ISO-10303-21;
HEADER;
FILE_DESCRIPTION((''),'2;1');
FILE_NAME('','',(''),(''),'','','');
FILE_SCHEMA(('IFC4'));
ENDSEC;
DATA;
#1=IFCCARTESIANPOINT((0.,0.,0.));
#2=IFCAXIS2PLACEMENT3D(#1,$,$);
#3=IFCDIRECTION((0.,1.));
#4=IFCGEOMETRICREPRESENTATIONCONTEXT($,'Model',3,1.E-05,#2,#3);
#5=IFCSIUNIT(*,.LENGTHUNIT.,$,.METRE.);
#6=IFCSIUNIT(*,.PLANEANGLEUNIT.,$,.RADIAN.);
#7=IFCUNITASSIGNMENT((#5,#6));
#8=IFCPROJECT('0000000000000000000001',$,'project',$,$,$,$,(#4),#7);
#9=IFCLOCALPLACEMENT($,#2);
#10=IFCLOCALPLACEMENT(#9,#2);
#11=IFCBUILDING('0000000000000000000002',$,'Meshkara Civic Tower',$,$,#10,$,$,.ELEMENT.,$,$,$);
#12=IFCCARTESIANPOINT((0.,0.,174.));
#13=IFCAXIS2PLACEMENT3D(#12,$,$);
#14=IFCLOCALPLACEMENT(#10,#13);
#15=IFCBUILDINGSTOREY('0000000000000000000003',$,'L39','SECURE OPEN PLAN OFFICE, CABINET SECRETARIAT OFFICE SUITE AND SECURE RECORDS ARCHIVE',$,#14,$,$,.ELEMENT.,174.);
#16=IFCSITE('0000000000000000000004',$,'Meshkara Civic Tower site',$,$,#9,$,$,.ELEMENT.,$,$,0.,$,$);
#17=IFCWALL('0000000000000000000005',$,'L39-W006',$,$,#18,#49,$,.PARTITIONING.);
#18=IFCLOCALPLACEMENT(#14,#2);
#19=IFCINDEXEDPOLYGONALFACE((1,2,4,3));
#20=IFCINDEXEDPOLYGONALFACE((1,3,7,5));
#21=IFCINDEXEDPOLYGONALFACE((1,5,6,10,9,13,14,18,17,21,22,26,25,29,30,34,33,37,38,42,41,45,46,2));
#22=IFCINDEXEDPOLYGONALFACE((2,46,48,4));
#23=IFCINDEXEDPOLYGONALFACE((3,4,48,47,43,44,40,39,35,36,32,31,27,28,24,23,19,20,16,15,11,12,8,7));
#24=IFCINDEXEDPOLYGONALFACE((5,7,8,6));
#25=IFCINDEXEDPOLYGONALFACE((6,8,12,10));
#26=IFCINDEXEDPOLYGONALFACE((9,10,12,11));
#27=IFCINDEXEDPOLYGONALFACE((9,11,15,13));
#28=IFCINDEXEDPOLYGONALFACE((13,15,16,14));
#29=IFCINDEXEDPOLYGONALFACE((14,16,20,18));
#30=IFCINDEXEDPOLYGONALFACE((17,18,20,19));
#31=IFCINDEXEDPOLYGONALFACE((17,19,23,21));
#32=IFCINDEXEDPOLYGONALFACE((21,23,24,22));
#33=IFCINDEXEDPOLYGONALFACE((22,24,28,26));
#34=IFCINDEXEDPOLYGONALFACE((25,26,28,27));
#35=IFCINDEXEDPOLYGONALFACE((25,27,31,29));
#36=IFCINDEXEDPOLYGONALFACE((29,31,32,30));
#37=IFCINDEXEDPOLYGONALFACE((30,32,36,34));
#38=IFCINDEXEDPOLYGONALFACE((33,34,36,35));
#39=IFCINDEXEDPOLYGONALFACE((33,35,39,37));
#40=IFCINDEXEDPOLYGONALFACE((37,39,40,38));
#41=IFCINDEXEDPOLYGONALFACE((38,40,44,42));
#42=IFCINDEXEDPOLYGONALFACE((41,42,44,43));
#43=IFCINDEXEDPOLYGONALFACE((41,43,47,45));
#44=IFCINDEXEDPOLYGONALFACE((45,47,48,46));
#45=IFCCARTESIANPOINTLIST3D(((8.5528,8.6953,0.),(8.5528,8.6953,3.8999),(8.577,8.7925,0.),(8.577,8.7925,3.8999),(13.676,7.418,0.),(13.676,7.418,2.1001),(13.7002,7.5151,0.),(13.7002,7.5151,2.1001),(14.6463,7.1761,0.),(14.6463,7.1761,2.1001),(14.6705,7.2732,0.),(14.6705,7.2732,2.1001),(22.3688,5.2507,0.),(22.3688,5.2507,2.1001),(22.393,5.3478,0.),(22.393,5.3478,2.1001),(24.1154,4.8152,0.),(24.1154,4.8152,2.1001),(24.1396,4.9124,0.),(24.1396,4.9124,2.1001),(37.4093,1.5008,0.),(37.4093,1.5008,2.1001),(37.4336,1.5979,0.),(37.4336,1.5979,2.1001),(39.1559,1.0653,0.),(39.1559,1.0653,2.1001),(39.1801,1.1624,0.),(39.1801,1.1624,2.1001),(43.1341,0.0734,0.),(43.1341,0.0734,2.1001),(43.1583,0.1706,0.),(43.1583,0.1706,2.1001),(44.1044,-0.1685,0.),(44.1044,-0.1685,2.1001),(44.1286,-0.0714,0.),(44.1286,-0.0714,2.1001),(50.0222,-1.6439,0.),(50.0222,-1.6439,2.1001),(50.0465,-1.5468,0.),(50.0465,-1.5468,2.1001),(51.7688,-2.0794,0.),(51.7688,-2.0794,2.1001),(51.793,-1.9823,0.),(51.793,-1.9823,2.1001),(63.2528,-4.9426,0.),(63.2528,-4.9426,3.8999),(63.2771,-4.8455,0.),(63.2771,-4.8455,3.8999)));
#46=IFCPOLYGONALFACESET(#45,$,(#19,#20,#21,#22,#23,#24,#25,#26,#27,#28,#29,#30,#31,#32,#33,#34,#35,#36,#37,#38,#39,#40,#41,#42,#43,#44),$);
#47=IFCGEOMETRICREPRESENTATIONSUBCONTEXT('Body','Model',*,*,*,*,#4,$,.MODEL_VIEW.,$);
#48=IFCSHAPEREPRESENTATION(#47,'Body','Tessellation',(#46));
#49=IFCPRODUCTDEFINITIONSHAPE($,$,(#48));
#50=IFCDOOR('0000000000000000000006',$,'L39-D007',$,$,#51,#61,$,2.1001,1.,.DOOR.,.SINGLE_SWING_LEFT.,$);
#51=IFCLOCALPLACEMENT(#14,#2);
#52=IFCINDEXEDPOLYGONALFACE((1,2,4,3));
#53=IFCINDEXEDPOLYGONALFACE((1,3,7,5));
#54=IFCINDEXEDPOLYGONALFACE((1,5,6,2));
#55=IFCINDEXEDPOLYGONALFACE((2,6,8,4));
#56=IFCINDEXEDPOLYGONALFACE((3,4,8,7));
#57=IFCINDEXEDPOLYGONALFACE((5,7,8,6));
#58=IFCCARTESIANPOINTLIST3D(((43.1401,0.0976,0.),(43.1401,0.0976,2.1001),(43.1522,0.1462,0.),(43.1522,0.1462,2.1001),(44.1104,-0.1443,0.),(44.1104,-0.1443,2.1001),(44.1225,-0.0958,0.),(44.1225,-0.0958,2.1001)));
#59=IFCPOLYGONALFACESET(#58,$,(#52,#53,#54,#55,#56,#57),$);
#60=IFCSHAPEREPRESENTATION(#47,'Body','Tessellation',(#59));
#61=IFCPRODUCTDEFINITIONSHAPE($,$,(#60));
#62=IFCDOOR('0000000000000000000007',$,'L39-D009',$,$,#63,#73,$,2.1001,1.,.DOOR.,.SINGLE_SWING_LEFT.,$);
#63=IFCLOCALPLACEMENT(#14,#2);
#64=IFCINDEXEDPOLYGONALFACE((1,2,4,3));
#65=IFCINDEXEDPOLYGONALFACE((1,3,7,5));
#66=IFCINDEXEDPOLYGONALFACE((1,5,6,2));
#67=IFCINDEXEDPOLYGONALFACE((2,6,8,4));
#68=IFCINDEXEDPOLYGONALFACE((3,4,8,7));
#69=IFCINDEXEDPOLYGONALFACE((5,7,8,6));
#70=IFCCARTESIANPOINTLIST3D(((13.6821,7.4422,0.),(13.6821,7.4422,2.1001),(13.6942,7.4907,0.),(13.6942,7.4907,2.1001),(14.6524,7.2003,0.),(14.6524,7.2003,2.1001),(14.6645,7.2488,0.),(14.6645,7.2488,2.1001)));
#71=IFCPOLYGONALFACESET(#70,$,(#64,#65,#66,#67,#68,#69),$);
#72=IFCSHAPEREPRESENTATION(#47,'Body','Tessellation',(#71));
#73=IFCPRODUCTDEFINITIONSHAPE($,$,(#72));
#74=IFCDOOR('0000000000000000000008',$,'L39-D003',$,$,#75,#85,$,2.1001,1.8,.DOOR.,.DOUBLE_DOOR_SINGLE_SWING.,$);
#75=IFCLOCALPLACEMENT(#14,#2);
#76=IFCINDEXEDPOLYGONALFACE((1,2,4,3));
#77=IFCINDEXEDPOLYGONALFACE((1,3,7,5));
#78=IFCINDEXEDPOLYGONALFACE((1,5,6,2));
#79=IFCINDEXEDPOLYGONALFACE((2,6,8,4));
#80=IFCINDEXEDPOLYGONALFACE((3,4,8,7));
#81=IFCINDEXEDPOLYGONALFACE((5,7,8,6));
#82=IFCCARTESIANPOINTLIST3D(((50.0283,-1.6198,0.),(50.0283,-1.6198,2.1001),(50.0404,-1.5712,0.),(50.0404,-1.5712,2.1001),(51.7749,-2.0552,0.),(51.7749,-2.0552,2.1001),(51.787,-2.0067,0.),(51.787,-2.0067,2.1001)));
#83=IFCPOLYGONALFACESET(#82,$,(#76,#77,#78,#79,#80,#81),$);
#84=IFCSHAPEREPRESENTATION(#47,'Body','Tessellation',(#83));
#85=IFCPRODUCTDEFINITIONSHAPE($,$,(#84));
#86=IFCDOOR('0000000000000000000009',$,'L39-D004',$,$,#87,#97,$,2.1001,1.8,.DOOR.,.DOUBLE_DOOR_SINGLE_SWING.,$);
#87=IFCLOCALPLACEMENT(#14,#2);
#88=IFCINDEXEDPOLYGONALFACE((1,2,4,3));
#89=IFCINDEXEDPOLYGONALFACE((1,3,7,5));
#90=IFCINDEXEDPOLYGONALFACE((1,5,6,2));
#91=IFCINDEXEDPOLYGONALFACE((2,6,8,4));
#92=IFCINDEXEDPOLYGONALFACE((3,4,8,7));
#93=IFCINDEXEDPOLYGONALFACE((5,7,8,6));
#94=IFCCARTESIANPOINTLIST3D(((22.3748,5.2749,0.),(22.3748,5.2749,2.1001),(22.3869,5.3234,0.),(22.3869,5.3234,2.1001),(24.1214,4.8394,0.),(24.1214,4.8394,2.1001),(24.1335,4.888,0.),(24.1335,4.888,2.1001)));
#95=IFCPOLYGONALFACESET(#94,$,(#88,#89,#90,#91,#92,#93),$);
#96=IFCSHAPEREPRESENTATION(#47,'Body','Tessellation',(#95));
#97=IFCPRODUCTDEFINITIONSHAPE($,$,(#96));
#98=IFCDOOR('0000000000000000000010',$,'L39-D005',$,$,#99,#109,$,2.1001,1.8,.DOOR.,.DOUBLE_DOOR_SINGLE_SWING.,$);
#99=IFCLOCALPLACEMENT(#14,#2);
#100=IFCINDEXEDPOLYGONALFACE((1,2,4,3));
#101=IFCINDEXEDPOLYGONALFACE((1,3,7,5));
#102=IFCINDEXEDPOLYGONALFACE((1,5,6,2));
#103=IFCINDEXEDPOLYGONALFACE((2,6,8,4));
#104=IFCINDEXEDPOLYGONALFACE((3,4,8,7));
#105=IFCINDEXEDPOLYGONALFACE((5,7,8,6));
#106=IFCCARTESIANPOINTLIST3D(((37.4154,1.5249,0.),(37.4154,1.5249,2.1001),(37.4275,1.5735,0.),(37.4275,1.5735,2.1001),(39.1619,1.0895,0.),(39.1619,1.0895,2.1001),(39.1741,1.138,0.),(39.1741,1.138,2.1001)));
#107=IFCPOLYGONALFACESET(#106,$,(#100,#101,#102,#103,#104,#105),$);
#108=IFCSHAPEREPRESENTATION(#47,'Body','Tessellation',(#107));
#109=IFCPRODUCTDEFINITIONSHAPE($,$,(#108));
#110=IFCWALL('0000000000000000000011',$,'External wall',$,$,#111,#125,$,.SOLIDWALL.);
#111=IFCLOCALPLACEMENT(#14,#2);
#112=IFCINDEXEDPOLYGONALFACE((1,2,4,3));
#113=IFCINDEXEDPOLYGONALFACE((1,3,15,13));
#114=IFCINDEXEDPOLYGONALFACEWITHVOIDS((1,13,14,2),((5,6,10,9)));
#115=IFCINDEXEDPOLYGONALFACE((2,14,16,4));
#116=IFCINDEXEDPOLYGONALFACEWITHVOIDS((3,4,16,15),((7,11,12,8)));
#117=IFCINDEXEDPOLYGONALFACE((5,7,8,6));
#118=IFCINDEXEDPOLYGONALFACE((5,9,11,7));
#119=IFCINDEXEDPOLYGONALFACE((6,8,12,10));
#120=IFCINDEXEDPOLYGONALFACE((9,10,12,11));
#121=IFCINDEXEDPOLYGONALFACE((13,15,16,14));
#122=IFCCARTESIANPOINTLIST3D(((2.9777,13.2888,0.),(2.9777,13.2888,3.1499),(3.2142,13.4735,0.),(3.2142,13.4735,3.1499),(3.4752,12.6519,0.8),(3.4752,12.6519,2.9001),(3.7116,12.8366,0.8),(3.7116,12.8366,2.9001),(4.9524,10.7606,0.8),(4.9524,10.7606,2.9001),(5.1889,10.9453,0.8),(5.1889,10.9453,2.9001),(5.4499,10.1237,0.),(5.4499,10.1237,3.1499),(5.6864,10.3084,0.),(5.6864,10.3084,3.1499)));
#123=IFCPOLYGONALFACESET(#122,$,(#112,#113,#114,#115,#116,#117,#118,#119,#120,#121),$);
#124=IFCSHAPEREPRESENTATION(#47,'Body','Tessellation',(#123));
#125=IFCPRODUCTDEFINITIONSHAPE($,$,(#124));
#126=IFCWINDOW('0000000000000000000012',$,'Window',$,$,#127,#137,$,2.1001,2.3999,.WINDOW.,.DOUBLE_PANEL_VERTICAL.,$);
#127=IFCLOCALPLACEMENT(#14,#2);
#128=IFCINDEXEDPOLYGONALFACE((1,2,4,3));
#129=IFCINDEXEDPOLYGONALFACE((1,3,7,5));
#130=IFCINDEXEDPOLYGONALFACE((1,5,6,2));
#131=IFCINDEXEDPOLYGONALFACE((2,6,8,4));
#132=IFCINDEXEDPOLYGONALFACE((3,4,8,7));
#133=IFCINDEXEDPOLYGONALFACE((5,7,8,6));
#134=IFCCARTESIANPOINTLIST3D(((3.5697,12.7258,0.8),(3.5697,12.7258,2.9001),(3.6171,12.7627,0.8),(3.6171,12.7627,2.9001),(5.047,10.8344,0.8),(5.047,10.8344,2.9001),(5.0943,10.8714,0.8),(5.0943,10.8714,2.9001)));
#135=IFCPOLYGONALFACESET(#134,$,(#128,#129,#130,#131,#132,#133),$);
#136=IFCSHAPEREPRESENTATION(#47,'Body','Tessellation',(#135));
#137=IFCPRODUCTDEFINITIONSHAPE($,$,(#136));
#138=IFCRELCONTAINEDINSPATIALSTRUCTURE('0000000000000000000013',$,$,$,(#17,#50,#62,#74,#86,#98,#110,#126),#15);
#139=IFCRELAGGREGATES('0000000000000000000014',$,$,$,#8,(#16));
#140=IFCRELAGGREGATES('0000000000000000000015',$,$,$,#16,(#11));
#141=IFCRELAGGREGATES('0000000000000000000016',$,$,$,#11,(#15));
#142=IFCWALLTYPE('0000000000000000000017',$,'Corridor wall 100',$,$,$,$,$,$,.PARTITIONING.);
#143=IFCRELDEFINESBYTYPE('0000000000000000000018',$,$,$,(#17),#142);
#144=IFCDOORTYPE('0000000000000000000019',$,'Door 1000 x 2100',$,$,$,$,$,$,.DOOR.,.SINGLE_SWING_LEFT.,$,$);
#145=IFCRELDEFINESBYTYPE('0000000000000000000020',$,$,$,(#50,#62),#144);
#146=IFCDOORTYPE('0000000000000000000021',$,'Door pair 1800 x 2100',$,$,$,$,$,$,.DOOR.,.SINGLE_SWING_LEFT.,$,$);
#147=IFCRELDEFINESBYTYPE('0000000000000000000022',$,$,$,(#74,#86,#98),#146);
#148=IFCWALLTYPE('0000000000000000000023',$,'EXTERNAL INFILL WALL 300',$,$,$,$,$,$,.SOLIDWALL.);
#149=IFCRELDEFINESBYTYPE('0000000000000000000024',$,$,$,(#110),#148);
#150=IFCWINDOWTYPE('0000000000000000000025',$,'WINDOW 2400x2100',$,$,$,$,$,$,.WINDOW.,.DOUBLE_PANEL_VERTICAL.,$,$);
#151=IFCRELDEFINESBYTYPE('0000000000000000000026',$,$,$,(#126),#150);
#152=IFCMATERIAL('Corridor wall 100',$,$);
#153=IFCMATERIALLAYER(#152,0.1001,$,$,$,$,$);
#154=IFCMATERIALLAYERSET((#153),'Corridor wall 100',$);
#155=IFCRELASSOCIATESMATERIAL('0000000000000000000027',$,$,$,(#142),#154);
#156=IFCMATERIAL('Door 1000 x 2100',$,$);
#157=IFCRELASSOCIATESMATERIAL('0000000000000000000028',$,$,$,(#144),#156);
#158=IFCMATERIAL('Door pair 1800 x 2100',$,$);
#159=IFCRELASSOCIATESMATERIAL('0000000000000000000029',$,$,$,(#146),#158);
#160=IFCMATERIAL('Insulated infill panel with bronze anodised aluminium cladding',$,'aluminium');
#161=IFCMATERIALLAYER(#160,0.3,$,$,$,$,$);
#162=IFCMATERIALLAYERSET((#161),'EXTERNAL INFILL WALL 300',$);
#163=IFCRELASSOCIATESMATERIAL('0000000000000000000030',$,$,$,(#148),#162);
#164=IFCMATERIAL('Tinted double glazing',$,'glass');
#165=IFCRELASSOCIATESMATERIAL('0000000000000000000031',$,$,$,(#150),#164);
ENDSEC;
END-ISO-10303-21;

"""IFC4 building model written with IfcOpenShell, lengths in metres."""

from ifc_helpers import new_model, si_unit, direction, frame, frame_2d, origin, place, context, subcontext, project, spatial, rectangle, extrude, material, layer, layer_set, type_object, element, fill, save


model = new_model("IFC4")

# Units and contexts
model_context = context("Model", 3, precision=1e-05, world=origin(), true_north=direction((0.0, 1.0)))
body_context = subcontext(model_context, "Body", "Model", "MODEL_VIEW")
ifc_project = project(units=[si_unit("LENGTHUNIT", "METRE"), si_unit("PLANEANGLEUNIT", "RADIAN")], contexts=[model_context])

# Site, building, storey
site_placement = place(None, origin())
site = spatial("IfcSite", under=ifc_project, at=site_placement, Name="Meshkara Civic Tower site", CompositionType="ELEMENT", RefElevation=0.0)
building_placement = place(site_placement, origin())
building = spatial("IfcBuilding", under=site, at=building_placement, Name="Meshkara Civic Tower", CompositionType="ELEMENT")
storey_placement = place(building_placement, frame((0.0, 0.0, 174.0)))
storey = spatial("IfcBuildingStorey", under=building, at=storey_placement, Name="L39", Description="SECURE OPEN PLAN OFFICE, CABINET SECRETARIAT OFFICE SUITE AND SECURE RECORDS ARCHIVE", CompositionType="ELEMENT", Elevation=174.0)

# Shared definitions
ifc_material_1 = material(Name="Corridor wall 100")
ifc_layer_1 = layer(ifc_material_1, 0.1001)
ifc_layer_set_1 = layer_set([ifc_layer_1], Name="Corridor wall 100")
wall_type_1 = type_object("IfcWallType", Name="Corridor wall 100", PredefinedType="PARTITIONING", material=ifc_layer_set_1)
ifc_material_2 = material(Name="Door 1000 x 2100")
door_type_1 = type_object("IfcDoorType", Name="Door 1000 x 2100", OperationType="SINGLE_SWING_LEFT", PredefinedType="DOOR", material=ifc_material_2)

# Wall, openings, doors
wall_1_placement = place(storey_placement, frame((8.5649, 8.7439, 0.0), z_axis=(0.0, 0.0, 1.0), x_axis=(0.970297, -0.241917, 0.0)))
wall_1 = element("IfcWall", 1, at=wall_1_placement, inside=storey, type_object=wall_type_1, Name="L39-W006", PredefinedType="PARTITIONING", context=body_context, shape_type="SweptSolid", body=[
    extrude(rectangle(XDim=56.3745, YDim=0.1001, at=frame_2d((28.1873, 0.0))), origin(), (0.0, 0.0, 1.0), 3.8999),
])
opening_1_placement = place(wall_1_placement, frame((42.739, 0.0, 0.0)))
opening_1 = element("IfcOpeningElement", 2, at=opening_1_placement, cuts=wall_1, PredefinedType="OPENING", context=body_context, shape_type="SweptSolid", body=[
    extrude(rectangle(XDim=1.8, YDim=2.1001, at=frame_2d((0.8999, 1.05))), frame((0.0, 0.0601, 0.0), z_axis=(0.0, -1.0, 0.0), x_axis=(1.0, 0.0, 0.0)), (0.0, 0.0, 1.0), 0.1201),
])
opening_2_placement = place(wall_1_placement, frame((14.239, 0.0, 0.0)))
opening_2 = element("IfcOpeningElement", 3, at=opening_2_placement, cuts=wall_1, PredefinedType="OPENING", context=body_context, shape_type="SweptSolid", body=[
    extrude(rectangle(XDim=1.8, YDim=2.1001, at=frame_2d((0.8999, 1.05))), frame((0.0, 0.0601, 0.0), z_axis=(0.0, -1.0, 0.0), x_axis=(1.0, 0.0, 0.0)), (0.0, 0.0, 1.0), 0.1201),
])
opening_3_placement = place(wall_1_placement, frame((29.74, 0.0, 0.0)))
opening_3 = element("IfcOpeningElement", 4, at=opening_3_placement, cuts=wall_1, PredefinedType="OPENING", context=body_context, shape_type="SweptSolid", body=[
    extrude(rectangle(XDim=1.8, YDim=2.1001, at=frame_2d((0.8999, 1.05))), frame((0.0, 0.0601, 0.0), z_axis=(0.0, -1.0, 0.0), x_axis=(1.0, 0.0, 0.0)), (0.0, 0.0, 1.0), 0.1201),
])
opening_4_placement = place(wall_1_placement, frame((35.6399, 0.0, 0.0)))
opening_4 = element("IfcOpeningElement", 5, at=opening_4_placement, cuts=wall_1, PredefinedType="OPENING", context=body_context, shape_type="SweptSolid", body=[
    extrude(rectangle(XDim=1.0, YDim=2.1001, at=frame_2d((0.5, 1.05))), frame((0.0, 0.0601, 0.0), z_axis=(0.0, -1.0, 0.0), x_axis=(1.0, 0.0, 0.0)), (0.0, 0.0, 1.0), 0.1201),
])
opening_5_placement = place(wall_1_placement, frame((5.28, 0.0, 0.0)))
opening_5 = element("IfcOpeningElement", 6, at=opening_5_placement, cuts=wall_1, PredefinedType="OPENING", context=body_context, shape_type="SweptSolid", body=[
    extrude(rectangle(XDim=1.0, YDim=2.1001, at=frame_2d((0.5, 1.05))), frame((0.0, 0.0601, 0.0), z_axis=(0.0, -1.0, 0.0), x_axis=(1.0, 0.0, 0.0)), (0.0, 0.0, 1.0), 0.1201),
])
door_1_placement = place(opening_4_placement, origin())
door_1 = element("IfcDoor", 7, at=door_1_placement, inside=storey, type_object=door_type_1, Name="L39-D007", OperationType="SINGLE_SWING_LEFT", OverallHeight=2.1001, OverallWidth=1.0, PredefinedType="DOOR", context=body_context, shape_type="SweptSolid", body=[
    extrude(rectangle(XDim=1.0, YDim=2.1001, at=frame_2d((0.5, 1.05))), frame((0.0, 0.0249, 0.0), z_axis=(0.0, -1.0, 0.0), x_axis=(1.0, 0.0, 0.0)), (0.0, 0.0, 1.0), 0.05),
])
fill(opening_4, door_1)
door_2_placement = place(opening_5_placement, origin())
door_2 = element("IfcDoor", 8, at=door_2_placement, inside=storey, type_object=door_type_1, Name="L39-D009", OperationType="SINGLE_SWING_LEFT", OverallHeight=2.1001, OverallWidth=1.0, PredefinedType="DOOR", context=body_context, shape_type="SweptSolid", body=[
    extrude(rectangle(XDim=1.0, YDim=2.1001, at=frame_2d((0.5, 1.05))), frame((0.0, 0.0249, 0.0), z_axis=(0.0, -1.0, 0.0), x_axis=(1.0, 0.0, 0.0)), (0.0, 0.0, 1.0), 0.05),
])
fill(opening_5, door_2)
ifc_material_3 = material(Name="Door pair 1800 x 2100")
door_type_2 = type_object("IfcDoorType", Name="Door pair 1800 x 2100", OperationType="SINGLE_SWING_LEFT", PredefinedType="DOOR", material=ifc_material_3)
door_3_placement = place(opening_1_placement, origin())
door_3 = element("IfcDoor", 9, at=door_3_placement, inside=storey, type_object=door_type_2, Name="L39-D003", OperationType="DOUBLE_DOOR_SINGLE_SWING", OverallHeight=2.1001, OverallWidth=1.8, PredefinedType="DOOR", context=body_context, shape_type="SweptSolid", body=[
    extrude(rectangle(XDim=1.8, YDim=2.1001, at=frame_2d((0.8999, 1.05))), frame((0.0, 0.0249, 0.0), z_axis=(0.0, -1.0, 0.0), x_axis=(1.0, 0.0, 0.0)), (0.0, 0.0, 1.0), 0.05),
])
fill(opening_1, door_3)
door_4_placement = place(opening_2_placement, origin())
door_4 = element("IfcDoor", 10, at=door_4_placement, inside=storey, type_object=door_type_2, Name="L39-D004", OperationType="DOUBLE_DOOR_SINGLE_SWING", OverallHeight=2.1001, OverallWidth=1.8, PredefinedType="DOOR", context=body_context, shape_type="SweptSolid", body=[
    extrude(rectangle(XDim=1.8, YDim=2.1001, at=frame_2d((0.8999, 1.05))), frame((0.0, 0.0249, 0.0), z_axis=(0.0, -1.0, 0.0), x_axis=(1.0, 0.0, 0.0)), (0.0, 0.0, 1.0), 0.05),
])
fill(opening_2, door_4)
door_5_placement = place(opening_3_placement, origin())
door_5 = element("IfcDoor", 11, at=door_5_placement, inside=storey, type_object=door_type_2, Name="L39-D005", OperationType="DOUBLE_DOOR_SINGLE_SWING", OverallHeight=2.1001, OverallWidth=1.8, PredefinedType="DOOR", context=body_context, shape_type="SweptSolid", body=[
    extrude(rectangle(XDim=1.8, YDim=2.1001, at=frame_2d((0.8999, 1.05))), frame((0.0, 0.0249, 0.0), z_axis=(0.0, -1.0, 0.0), x_axis=(1.0, 0.0, 0.0)), (0.0, 0.0, 1.0), 0.05),
])
fill(opening_3, door_5)

# Wall, opening, window
ifc_material_4 = material(Name="Insulated infill panel with bronze anodised aluminium cladding", Category="aluminium")
ifc_layer_2 = layer(ifc_material_4, 0.3)
ifc_layer_set_2 = layer_set([ifc_layer_2], Name="EXTERNAL INFILL WALL 300")
wall_type_2 = type_object("IfcWallType", Name="EXTERNAL INFILL WALL 300", PredefinedType="SOLIDWALL", material=ifc_layer_set_2)
wall_2_placement = place(storey_placement, frame((3.0959, 13.3811, 0.0), z_axis=(0.0, 0.0, 1.0), x_axis=(0.615564, -0.788087, 0.0)))
wall_2 = element("IfcWall", 12, at=wall_2_placement, inside=storey, type_object=wall_type_2, Name="External wall", PredefinedType="SOLIDWALL", context=body_context, shape_type="SweptSolid", body=[
    extrude(rectangle(XDim=4.0161, YDim=0.3, at=frame_2d((2.0081, 0.0))), origin(), (0.0, 0.0, 1.0), 3.1499),
])
opening_6_placement = place(wall_2_placement, frame((0.8081, 0.0, 0.8)))
opening_6 = element("IfcOpeningElement", 13, at=opening_6_placement, cuts=wall_2, PredefinedType="OPENING", context=body_context, shape_type="SweptSolid", body=[
    extrude(rectangle(XDim=2.3999, YDim=2.1001, at=frame_2d((1.2, 1.05))), frame((0.0, 0.1599, 0.0), z_axis=(0.0, -1.0, 0.0), x_axis=(1.0, 0.0, 0.0)), (0.0, 0.0, 1.0), 0.3201),
])
ifc_material_5 = material(Name="Tinted double glazing", Category="glass")
window_type = type_object("IfcWindowType", Name="WINDOW 2400x2100", PartitioningType="DOUBLE_PANEL_VERTICAL", PredefinedType="WINDOW", material=ifc_material_5)
window_1_placement = place(opening_6_placement, origin())
window_1 = element("IfcWindow", 14, at=window_1_placement, inside=storey, type_object=window_type, Name="Window", OverallHeight=2.1001, OverallWidth=2.3999, PartitioningType="DOUBLE_PANEL_VERTICAL", PredefinedType="WINDOW", context=body_context, shape_type="SweptSolid", body=[
    extrude(rectangle(XDim=2.3999, YDim=2.1001, at=frame_2d((1.2, 1.05))), frame((0.0, 0.03, 0.0), z_axis=(0.0, -1.0, 0.0), x_axis=(1.0, 0.0, 0.0)), (0.0, 0.0, 1.0), 0.0601),
])
fill(opening_6, window_1)

save(model, "model.ifc")
